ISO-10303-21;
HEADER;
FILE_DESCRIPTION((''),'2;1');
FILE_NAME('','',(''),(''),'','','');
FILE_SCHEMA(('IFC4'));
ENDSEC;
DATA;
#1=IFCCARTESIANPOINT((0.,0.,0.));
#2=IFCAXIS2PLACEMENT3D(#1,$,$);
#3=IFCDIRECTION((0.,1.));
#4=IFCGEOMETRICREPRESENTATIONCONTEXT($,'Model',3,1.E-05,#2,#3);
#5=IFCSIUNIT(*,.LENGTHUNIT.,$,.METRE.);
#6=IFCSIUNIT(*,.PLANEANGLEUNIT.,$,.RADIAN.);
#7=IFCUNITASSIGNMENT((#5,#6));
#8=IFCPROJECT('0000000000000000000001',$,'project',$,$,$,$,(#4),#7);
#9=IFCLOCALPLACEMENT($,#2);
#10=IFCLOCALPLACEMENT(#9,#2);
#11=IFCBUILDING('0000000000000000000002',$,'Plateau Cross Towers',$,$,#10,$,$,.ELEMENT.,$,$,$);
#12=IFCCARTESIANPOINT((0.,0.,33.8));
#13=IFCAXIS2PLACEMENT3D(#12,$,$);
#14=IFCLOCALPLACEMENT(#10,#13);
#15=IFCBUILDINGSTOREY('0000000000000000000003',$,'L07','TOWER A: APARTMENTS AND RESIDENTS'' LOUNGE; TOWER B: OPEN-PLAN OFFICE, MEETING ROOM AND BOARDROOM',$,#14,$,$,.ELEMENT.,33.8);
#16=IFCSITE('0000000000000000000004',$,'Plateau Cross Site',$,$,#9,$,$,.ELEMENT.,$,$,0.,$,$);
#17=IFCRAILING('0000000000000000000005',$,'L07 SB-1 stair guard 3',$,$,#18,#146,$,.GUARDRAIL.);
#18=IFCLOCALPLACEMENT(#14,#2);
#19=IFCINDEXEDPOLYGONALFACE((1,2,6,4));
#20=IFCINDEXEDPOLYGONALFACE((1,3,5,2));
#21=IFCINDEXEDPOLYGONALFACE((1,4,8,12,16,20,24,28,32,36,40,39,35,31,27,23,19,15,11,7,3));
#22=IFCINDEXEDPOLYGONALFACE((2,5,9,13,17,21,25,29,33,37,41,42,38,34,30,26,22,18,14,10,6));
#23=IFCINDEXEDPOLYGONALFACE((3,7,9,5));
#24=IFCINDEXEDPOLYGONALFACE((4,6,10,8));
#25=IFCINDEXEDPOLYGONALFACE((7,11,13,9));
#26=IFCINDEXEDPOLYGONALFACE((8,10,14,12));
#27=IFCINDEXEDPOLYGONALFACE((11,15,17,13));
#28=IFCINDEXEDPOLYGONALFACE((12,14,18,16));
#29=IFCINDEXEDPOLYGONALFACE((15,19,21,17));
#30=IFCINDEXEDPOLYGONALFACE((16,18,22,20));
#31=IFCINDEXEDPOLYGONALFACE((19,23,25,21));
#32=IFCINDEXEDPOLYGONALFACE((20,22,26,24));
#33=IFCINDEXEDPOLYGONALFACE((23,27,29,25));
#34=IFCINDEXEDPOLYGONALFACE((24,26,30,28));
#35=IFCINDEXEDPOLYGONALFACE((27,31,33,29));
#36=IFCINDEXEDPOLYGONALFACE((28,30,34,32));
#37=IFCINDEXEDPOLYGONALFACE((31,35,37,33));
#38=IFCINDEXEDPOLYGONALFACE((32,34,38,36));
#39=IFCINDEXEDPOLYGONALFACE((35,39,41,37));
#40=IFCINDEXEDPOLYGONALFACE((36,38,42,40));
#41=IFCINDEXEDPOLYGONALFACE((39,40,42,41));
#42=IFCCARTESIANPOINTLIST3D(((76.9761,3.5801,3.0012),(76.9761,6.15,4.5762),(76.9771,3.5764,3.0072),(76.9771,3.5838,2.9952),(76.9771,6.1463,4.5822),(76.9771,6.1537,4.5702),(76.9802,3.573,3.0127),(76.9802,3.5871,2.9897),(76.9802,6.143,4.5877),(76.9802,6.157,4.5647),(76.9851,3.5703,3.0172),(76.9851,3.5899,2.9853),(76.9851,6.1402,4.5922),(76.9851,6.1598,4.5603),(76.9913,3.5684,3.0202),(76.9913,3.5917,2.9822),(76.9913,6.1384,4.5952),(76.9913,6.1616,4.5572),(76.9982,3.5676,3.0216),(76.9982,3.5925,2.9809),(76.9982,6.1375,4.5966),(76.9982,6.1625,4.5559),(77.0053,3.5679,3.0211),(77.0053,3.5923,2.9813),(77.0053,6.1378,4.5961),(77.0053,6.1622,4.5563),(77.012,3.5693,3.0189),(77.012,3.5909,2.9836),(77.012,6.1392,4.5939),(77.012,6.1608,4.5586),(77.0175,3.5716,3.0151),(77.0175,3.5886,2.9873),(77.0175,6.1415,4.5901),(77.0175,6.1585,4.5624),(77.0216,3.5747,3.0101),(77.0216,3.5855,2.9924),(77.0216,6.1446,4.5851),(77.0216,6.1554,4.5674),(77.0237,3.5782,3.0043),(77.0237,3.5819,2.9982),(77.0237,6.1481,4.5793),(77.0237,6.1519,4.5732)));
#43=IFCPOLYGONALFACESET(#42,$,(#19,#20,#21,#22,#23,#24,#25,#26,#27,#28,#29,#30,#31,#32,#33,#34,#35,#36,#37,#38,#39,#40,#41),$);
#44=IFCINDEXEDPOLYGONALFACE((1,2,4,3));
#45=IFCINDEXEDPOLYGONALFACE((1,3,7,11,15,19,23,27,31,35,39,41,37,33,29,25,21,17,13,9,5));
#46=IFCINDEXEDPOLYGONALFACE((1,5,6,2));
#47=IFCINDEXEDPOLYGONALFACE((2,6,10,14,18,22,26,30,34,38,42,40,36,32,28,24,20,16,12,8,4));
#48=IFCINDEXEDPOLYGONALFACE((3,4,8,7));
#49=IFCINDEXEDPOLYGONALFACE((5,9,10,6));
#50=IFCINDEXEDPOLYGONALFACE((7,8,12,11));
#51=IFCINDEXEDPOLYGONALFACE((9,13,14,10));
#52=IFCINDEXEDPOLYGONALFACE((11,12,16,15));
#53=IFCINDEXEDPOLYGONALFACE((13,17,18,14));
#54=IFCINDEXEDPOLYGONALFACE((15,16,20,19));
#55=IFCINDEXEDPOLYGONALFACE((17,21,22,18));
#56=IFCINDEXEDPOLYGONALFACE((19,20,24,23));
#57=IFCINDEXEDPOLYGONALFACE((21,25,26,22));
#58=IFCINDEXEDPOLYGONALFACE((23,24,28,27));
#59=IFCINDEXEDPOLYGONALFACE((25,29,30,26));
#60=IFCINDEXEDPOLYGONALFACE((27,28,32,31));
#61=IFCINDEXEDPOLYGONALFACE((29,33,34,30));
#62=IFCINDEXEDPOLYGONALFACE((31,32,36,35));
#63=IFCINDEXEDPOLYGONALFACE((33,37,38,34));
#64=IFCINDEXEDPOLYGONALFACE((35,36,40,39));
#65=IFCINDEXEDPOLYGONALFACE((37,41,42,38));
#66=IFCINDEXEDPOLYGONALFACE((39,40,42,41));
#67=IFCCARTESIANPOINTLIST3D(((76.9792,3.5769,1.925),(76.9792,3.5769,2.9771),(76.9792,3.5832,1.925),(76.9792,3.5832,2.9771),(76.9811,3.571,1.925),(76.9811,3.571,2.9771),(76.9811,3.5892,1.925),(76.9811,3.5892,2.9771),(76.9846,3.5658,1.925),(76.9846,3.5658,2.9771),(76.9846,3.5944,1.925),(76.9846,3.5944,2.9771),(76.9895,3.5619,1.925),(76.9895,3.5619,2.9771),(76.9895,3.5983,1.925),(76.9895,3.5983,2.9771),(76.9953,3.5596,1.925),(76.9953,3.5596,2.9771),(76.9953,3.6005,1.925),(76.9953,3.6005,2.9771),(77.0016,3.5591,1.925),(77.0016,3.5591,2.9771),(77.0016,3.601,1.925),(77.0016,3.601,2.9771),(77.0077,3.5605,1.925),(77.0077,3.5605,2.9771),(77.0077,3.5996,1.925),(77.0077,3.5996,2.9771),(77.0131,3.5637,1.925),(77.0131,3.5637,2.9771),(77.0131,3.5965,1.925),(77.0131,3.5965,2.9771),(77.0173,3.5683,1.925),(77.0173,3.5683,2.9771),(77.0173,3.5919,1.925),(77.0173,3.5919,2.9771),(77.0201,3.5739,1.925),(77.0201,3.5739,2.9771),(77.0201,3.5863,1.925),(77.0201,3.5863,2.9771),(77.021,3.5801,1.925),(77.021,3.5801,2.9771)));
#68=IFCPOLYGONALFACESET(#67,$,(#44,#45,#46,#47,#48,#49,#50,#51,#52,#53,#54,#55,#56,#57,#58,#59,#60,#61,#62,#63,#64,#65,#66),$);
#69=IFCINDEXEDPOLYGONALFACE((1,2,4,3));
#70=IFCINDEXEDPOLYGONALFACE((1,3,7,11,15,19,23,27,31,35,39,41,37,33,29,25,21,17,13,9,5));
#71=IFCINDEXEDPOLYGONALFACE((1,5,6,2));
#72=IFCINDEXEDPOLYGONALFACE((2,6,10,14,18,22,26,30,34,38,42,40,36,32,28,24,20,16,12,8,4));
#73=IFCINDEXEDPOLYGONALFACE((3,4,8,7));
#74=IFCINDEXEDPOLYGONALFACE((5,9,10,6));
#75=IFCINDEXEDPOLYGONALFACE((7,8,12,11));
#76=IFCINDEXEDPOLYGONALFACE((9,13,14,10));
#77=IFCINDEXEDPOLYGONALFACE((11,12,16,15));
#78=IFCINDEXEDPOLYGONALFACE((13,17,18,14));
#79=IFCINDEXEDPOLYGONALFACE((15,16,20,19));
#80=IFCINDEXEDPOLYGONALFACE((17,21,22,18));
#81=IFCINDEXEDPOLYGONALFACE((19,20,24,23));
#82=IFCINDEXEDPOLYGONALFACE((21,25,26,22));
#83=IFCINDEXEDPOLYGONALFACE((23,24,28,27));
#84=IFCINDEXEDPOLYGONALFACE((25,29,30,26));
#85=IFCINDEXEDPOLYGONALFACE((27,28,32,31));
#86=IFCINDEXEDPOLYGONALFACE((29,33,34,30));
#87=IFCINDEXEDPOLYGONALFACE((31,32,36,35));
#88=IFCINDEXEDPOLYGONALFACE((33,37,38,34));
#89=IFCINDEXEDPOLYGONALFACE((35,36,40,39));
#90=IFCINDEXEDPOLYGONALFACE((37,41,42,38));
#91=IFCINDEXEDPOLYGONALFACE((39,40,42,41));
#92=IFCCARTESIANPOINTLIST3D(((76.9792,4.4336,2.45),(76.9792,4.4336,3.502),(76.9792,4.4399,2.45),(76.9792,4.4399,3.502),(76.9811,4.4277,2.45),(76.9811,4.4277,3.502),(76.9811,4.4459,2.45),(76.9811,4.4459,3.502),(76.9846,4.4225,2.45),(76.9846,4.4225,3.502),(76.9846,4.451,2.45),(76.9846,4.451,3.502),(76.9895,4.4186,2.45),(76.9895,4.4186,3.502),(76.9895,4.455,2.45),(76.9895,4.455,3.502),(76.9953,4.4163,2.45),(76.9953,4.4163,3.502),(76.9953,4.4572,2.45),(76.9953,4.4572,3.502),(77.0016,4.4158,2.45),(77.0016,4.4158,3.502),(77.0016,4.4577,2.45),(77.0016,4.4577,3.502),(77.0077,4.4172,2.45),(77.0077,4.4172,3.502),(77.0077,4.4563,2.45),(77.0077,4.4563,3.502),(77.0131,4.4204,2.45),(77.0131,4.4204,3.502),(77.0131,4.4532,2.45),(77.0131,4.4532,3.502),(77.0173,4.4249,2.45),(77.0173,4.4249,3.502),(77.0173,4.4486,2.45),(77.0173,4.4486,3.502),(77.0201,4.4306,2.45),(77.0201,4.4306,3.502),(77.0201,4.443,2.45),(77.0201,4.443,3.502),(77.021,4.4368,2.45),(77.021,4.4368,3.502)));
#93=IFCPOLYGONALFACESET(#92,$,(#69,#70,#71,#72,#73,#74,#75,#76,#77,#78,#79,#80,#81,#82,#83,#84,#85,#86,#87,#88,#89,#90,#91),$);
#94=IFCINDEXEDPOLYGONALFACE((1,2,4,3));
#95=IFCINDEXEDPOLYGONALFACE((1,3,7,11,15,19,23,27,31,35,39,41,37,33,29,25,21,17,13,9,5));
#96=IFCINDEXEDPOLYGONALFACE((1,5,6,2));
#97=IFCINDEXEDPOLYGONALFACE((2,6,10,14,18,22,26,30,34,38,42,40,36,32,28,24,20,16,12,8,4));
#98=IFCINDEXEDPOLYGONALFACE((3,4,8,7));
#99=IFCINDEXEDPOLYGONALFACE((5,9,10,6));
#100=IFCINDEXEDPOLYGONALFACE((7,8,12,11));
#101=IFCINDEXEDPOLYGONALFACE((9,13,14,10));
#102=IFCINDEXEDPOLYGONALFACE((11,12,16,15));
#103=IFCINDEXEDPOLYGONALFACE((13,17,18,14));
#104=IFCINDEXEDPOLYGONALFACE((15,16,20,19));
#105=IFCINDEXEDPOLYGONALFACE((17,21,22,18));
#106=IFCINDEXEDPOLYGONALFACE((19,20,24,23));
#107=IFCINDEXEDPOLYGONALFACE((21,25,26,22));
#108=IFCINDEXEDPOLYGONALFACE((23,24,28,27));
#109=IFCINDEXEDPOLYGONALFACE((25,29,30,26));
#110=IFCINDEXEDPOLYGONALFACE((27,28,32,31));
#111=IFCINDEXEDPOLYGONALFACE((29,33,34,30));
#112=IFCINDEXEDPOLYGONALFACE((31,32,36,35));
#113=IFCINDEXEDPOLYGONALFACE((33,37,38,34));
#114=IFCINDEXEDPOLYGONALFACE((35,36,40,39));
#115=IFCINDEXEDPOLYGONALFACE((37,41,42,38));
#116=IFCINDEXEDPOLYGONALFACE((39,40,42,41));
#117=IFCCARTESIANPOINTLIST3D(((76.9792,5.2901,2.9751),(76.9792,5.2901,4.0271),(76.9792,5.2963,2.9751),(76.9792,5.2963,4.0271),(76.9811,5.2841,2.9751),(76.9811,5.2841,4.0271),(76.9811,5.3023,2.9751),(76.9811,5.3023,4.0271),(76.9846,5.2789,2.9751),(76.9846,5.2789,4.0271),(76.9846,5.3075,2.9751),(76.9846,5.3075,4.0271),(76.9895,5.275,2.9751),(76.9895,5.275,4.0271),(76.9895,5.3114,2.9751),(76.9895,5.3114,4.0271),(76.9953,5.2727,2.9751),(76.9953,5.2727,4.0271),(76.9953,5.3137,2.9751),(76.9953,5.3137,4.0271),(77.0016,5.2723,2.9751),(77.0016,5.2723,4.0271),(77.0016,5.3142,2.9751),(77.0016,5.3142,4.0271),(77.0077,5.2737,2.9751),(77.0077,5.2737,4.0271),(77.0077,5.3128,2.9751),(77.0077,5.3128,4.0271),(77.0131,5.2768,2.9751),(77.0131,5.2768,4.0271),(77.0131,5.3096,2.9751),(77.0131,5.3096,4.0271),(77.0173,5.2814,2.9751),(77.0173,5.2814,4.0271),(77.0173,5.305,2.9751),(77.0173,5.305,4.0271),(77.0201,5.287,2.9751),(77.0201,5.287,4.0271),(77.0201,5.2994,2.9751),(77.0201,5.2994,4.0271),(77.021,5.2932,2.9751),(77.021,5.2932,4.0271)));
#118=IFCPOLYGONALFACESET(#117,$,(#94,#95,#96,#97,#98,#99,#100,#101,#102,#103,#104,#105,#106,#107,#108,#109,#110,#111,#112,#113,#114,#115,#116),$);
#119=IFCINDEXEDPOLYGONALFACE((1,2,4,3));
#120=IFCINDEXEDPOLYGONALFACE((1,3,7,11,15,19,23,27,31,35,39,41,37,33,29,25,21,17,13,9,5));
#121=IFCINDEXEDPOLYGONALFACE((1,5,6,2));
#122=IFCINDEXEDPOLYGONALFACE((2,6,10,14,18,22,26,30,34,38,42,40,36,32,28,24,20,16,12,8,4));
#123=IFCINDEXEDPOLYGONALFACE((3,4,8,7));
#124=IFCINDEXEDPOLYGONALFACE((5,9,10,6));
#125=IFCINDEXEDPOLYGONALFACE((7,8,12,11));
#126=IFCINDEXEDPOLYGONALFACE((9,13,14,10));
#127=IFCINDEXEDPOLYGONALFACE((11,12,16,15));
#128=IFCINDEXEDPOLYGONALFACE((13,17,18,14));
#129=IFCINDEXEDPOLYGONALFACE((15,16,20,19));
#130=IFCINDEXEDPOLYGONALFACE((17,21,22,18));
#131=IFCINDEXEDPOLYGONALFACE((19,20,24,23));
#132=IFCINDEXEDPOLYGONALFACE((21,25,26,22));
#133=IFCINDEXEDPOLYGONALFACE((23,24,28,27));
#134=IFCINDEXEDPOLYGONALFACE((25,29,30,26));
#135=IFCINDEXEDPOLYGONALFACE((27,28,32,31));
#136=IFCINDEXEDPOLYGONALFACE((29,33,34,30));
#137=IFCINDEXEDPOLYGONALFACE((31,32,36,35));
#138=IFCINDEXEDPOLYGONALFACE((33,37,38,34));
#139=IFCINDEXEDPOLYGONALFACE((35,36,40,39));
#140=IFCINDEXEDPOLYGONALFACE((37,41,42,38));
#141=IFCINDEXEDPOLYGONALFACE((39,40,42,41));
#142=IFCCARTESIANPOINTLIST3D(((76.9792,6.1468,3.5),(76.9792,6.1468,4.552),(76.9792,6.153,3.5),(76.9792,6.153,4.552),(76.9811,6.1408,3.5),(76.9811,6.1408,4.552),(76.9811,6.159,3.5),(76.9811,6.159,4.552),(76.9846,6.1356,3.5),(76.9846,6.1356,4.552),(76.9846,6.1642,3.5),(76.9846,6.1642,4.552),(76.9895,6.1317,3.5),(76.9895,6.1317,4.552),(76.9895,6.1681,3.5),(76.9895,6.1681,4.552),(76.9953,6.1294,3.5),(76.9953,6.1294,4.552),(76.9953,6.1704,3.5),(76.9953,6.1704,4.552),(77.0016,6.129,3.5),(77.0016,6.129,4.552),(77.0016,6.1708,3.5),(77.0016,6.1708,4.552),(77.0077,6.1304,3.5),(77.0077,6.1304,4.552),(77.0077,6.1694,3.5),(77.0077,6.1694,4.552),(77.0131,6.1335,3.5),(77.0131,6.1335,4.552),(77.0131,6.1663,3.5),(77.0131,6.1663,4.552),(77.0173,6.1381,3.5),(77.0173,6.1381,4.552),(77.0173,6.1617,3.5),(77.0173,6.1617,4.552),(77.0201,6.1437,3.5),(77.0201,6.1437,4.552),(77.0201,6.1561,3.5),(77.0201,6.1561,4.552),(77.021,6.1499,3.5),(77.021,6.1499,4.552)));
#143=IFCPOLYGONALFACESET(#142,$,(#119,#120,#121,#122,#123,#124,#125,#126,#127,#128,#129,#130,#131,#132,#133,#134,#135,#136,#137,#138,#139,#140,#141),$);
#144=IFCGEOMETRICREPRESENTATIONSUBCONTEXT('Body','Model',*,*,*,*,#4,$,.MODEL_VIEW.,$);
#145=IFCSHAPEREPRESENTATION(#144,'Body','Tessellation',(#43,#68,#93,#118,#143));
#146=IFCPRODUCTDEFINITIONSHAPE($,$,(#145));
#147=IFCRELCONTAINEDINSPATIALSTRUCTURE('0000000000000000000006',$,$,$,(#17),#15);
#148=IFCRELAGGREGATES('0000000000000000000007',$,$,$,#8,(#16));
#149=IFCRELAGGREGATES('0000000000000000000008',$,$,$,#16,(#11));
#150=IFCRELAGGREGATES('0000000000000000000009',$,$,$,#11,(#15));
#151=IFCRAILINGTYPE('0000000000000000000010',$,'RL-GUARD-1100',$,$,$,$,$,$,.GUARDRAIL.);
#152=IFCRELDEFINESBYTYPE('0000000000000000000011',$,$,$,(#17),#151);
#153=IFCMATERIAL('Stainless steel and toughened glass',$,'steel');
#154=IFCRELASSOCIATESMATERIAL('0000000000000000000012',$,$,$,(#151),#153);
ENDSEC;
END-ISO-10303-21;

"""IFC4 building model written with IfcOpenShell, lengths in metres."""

from ifc_helpers import new_model, si_unit, direction, frame, origin, origin_2d, place, context, subcontext, project, spatial, circle, extrude, material, type_object, element, save


model = new_model("IFC4")

# Units and contexts
model_context = context("Model", 3, precision=1e-05, world=origin(), true_north=direction((0.0, 1.0)))
body_context = subcontext(model_context, "Body", "Model", "MODEL_VIEW")
ifc_project = project(units=[si_unit("LENGTHUNIT", "METRE"), si_unit("PLANEANGLEUNIT", "RADIAN")], contexts=[model_context])

# Site, building, storey
site_placement = place(None, origin())
site = spatial("IfcSite", under=ifc_project, at=site_placement, Name="Plateau Cross Site", CompositionType="ELEMENT", RefElevation=0.0)
building_placement = place(site_placement, origin())
building = spatial("IfcBuilding", under=site, at=building_placement, Name="Plateau Cross Towers", CompositionType="ELEMENT")
storey_placement = place(building_placement, frame((0.0, 0.0, 33.8)))
storey = spatial("IfcBuildingStorey", under=building, at=storey_placement, Name="L07", Description="TOWER A: APARTMENTS AND RESIDENTS' LOUNGE; TOWER B: OPEN-PLAN OFFICE, MEETING ROOM AND BOARDROOM", CompositionType="ELEMENT", Elevation=33.8)

# Railing
ifc_material_1 = material(Name="Stainless steel and toughened glass", Category="steel")
railing_type_1 = type_object("IfcRailingType", Name="RL-GUARD-1100", PredefinedType="GUARDRAIL", material=ifc_material_1)
railing_1_placement = place(storey_placement, frame((77.0, 3.5801, 1.925)))
element("IfcRailing", 1, at=railing_1_placement, inside=storey, type_object=railing_type_1, Name="L07 SB-1 stair guard 3", PredefinedType="GUARDRAIL", context=body_context, shape_type="SweptSolid", body=[
    extrude(circle(Radius=0.0239, at=origin_2d()), frame((0.0, 0.0, 1.0762), z_axis=(0.0, 0.852616, 0.522537), x_axis=(-1.0, 0.0, 0.0)), (0.0, 0.0, 1.0), 3.0142),
    extrude(circle(Radius=0.021, at=origin_2d()), origin(), (0.0, 0.0, 1.0), 1.052),
    extrude(circle(Radius=0.021, at=origin_2d()), frame((0.0, 0.8567, 0.5249)), (0.0, 0.0, 1.0), 1.052),
    extrude(circle(Radius=0.021, at=origin_2d()), frame((0.0, 1.7131, 1.05)), (0.0, 0.0, 1.0), 1.052),
    extrude(circle(Radius=0.021, at=origin_2d()), frame((0.0, 2.5698, 1.575)), (0.0, 0.0, 1.0), 1.052),
])

save(model, "model.ifc")
